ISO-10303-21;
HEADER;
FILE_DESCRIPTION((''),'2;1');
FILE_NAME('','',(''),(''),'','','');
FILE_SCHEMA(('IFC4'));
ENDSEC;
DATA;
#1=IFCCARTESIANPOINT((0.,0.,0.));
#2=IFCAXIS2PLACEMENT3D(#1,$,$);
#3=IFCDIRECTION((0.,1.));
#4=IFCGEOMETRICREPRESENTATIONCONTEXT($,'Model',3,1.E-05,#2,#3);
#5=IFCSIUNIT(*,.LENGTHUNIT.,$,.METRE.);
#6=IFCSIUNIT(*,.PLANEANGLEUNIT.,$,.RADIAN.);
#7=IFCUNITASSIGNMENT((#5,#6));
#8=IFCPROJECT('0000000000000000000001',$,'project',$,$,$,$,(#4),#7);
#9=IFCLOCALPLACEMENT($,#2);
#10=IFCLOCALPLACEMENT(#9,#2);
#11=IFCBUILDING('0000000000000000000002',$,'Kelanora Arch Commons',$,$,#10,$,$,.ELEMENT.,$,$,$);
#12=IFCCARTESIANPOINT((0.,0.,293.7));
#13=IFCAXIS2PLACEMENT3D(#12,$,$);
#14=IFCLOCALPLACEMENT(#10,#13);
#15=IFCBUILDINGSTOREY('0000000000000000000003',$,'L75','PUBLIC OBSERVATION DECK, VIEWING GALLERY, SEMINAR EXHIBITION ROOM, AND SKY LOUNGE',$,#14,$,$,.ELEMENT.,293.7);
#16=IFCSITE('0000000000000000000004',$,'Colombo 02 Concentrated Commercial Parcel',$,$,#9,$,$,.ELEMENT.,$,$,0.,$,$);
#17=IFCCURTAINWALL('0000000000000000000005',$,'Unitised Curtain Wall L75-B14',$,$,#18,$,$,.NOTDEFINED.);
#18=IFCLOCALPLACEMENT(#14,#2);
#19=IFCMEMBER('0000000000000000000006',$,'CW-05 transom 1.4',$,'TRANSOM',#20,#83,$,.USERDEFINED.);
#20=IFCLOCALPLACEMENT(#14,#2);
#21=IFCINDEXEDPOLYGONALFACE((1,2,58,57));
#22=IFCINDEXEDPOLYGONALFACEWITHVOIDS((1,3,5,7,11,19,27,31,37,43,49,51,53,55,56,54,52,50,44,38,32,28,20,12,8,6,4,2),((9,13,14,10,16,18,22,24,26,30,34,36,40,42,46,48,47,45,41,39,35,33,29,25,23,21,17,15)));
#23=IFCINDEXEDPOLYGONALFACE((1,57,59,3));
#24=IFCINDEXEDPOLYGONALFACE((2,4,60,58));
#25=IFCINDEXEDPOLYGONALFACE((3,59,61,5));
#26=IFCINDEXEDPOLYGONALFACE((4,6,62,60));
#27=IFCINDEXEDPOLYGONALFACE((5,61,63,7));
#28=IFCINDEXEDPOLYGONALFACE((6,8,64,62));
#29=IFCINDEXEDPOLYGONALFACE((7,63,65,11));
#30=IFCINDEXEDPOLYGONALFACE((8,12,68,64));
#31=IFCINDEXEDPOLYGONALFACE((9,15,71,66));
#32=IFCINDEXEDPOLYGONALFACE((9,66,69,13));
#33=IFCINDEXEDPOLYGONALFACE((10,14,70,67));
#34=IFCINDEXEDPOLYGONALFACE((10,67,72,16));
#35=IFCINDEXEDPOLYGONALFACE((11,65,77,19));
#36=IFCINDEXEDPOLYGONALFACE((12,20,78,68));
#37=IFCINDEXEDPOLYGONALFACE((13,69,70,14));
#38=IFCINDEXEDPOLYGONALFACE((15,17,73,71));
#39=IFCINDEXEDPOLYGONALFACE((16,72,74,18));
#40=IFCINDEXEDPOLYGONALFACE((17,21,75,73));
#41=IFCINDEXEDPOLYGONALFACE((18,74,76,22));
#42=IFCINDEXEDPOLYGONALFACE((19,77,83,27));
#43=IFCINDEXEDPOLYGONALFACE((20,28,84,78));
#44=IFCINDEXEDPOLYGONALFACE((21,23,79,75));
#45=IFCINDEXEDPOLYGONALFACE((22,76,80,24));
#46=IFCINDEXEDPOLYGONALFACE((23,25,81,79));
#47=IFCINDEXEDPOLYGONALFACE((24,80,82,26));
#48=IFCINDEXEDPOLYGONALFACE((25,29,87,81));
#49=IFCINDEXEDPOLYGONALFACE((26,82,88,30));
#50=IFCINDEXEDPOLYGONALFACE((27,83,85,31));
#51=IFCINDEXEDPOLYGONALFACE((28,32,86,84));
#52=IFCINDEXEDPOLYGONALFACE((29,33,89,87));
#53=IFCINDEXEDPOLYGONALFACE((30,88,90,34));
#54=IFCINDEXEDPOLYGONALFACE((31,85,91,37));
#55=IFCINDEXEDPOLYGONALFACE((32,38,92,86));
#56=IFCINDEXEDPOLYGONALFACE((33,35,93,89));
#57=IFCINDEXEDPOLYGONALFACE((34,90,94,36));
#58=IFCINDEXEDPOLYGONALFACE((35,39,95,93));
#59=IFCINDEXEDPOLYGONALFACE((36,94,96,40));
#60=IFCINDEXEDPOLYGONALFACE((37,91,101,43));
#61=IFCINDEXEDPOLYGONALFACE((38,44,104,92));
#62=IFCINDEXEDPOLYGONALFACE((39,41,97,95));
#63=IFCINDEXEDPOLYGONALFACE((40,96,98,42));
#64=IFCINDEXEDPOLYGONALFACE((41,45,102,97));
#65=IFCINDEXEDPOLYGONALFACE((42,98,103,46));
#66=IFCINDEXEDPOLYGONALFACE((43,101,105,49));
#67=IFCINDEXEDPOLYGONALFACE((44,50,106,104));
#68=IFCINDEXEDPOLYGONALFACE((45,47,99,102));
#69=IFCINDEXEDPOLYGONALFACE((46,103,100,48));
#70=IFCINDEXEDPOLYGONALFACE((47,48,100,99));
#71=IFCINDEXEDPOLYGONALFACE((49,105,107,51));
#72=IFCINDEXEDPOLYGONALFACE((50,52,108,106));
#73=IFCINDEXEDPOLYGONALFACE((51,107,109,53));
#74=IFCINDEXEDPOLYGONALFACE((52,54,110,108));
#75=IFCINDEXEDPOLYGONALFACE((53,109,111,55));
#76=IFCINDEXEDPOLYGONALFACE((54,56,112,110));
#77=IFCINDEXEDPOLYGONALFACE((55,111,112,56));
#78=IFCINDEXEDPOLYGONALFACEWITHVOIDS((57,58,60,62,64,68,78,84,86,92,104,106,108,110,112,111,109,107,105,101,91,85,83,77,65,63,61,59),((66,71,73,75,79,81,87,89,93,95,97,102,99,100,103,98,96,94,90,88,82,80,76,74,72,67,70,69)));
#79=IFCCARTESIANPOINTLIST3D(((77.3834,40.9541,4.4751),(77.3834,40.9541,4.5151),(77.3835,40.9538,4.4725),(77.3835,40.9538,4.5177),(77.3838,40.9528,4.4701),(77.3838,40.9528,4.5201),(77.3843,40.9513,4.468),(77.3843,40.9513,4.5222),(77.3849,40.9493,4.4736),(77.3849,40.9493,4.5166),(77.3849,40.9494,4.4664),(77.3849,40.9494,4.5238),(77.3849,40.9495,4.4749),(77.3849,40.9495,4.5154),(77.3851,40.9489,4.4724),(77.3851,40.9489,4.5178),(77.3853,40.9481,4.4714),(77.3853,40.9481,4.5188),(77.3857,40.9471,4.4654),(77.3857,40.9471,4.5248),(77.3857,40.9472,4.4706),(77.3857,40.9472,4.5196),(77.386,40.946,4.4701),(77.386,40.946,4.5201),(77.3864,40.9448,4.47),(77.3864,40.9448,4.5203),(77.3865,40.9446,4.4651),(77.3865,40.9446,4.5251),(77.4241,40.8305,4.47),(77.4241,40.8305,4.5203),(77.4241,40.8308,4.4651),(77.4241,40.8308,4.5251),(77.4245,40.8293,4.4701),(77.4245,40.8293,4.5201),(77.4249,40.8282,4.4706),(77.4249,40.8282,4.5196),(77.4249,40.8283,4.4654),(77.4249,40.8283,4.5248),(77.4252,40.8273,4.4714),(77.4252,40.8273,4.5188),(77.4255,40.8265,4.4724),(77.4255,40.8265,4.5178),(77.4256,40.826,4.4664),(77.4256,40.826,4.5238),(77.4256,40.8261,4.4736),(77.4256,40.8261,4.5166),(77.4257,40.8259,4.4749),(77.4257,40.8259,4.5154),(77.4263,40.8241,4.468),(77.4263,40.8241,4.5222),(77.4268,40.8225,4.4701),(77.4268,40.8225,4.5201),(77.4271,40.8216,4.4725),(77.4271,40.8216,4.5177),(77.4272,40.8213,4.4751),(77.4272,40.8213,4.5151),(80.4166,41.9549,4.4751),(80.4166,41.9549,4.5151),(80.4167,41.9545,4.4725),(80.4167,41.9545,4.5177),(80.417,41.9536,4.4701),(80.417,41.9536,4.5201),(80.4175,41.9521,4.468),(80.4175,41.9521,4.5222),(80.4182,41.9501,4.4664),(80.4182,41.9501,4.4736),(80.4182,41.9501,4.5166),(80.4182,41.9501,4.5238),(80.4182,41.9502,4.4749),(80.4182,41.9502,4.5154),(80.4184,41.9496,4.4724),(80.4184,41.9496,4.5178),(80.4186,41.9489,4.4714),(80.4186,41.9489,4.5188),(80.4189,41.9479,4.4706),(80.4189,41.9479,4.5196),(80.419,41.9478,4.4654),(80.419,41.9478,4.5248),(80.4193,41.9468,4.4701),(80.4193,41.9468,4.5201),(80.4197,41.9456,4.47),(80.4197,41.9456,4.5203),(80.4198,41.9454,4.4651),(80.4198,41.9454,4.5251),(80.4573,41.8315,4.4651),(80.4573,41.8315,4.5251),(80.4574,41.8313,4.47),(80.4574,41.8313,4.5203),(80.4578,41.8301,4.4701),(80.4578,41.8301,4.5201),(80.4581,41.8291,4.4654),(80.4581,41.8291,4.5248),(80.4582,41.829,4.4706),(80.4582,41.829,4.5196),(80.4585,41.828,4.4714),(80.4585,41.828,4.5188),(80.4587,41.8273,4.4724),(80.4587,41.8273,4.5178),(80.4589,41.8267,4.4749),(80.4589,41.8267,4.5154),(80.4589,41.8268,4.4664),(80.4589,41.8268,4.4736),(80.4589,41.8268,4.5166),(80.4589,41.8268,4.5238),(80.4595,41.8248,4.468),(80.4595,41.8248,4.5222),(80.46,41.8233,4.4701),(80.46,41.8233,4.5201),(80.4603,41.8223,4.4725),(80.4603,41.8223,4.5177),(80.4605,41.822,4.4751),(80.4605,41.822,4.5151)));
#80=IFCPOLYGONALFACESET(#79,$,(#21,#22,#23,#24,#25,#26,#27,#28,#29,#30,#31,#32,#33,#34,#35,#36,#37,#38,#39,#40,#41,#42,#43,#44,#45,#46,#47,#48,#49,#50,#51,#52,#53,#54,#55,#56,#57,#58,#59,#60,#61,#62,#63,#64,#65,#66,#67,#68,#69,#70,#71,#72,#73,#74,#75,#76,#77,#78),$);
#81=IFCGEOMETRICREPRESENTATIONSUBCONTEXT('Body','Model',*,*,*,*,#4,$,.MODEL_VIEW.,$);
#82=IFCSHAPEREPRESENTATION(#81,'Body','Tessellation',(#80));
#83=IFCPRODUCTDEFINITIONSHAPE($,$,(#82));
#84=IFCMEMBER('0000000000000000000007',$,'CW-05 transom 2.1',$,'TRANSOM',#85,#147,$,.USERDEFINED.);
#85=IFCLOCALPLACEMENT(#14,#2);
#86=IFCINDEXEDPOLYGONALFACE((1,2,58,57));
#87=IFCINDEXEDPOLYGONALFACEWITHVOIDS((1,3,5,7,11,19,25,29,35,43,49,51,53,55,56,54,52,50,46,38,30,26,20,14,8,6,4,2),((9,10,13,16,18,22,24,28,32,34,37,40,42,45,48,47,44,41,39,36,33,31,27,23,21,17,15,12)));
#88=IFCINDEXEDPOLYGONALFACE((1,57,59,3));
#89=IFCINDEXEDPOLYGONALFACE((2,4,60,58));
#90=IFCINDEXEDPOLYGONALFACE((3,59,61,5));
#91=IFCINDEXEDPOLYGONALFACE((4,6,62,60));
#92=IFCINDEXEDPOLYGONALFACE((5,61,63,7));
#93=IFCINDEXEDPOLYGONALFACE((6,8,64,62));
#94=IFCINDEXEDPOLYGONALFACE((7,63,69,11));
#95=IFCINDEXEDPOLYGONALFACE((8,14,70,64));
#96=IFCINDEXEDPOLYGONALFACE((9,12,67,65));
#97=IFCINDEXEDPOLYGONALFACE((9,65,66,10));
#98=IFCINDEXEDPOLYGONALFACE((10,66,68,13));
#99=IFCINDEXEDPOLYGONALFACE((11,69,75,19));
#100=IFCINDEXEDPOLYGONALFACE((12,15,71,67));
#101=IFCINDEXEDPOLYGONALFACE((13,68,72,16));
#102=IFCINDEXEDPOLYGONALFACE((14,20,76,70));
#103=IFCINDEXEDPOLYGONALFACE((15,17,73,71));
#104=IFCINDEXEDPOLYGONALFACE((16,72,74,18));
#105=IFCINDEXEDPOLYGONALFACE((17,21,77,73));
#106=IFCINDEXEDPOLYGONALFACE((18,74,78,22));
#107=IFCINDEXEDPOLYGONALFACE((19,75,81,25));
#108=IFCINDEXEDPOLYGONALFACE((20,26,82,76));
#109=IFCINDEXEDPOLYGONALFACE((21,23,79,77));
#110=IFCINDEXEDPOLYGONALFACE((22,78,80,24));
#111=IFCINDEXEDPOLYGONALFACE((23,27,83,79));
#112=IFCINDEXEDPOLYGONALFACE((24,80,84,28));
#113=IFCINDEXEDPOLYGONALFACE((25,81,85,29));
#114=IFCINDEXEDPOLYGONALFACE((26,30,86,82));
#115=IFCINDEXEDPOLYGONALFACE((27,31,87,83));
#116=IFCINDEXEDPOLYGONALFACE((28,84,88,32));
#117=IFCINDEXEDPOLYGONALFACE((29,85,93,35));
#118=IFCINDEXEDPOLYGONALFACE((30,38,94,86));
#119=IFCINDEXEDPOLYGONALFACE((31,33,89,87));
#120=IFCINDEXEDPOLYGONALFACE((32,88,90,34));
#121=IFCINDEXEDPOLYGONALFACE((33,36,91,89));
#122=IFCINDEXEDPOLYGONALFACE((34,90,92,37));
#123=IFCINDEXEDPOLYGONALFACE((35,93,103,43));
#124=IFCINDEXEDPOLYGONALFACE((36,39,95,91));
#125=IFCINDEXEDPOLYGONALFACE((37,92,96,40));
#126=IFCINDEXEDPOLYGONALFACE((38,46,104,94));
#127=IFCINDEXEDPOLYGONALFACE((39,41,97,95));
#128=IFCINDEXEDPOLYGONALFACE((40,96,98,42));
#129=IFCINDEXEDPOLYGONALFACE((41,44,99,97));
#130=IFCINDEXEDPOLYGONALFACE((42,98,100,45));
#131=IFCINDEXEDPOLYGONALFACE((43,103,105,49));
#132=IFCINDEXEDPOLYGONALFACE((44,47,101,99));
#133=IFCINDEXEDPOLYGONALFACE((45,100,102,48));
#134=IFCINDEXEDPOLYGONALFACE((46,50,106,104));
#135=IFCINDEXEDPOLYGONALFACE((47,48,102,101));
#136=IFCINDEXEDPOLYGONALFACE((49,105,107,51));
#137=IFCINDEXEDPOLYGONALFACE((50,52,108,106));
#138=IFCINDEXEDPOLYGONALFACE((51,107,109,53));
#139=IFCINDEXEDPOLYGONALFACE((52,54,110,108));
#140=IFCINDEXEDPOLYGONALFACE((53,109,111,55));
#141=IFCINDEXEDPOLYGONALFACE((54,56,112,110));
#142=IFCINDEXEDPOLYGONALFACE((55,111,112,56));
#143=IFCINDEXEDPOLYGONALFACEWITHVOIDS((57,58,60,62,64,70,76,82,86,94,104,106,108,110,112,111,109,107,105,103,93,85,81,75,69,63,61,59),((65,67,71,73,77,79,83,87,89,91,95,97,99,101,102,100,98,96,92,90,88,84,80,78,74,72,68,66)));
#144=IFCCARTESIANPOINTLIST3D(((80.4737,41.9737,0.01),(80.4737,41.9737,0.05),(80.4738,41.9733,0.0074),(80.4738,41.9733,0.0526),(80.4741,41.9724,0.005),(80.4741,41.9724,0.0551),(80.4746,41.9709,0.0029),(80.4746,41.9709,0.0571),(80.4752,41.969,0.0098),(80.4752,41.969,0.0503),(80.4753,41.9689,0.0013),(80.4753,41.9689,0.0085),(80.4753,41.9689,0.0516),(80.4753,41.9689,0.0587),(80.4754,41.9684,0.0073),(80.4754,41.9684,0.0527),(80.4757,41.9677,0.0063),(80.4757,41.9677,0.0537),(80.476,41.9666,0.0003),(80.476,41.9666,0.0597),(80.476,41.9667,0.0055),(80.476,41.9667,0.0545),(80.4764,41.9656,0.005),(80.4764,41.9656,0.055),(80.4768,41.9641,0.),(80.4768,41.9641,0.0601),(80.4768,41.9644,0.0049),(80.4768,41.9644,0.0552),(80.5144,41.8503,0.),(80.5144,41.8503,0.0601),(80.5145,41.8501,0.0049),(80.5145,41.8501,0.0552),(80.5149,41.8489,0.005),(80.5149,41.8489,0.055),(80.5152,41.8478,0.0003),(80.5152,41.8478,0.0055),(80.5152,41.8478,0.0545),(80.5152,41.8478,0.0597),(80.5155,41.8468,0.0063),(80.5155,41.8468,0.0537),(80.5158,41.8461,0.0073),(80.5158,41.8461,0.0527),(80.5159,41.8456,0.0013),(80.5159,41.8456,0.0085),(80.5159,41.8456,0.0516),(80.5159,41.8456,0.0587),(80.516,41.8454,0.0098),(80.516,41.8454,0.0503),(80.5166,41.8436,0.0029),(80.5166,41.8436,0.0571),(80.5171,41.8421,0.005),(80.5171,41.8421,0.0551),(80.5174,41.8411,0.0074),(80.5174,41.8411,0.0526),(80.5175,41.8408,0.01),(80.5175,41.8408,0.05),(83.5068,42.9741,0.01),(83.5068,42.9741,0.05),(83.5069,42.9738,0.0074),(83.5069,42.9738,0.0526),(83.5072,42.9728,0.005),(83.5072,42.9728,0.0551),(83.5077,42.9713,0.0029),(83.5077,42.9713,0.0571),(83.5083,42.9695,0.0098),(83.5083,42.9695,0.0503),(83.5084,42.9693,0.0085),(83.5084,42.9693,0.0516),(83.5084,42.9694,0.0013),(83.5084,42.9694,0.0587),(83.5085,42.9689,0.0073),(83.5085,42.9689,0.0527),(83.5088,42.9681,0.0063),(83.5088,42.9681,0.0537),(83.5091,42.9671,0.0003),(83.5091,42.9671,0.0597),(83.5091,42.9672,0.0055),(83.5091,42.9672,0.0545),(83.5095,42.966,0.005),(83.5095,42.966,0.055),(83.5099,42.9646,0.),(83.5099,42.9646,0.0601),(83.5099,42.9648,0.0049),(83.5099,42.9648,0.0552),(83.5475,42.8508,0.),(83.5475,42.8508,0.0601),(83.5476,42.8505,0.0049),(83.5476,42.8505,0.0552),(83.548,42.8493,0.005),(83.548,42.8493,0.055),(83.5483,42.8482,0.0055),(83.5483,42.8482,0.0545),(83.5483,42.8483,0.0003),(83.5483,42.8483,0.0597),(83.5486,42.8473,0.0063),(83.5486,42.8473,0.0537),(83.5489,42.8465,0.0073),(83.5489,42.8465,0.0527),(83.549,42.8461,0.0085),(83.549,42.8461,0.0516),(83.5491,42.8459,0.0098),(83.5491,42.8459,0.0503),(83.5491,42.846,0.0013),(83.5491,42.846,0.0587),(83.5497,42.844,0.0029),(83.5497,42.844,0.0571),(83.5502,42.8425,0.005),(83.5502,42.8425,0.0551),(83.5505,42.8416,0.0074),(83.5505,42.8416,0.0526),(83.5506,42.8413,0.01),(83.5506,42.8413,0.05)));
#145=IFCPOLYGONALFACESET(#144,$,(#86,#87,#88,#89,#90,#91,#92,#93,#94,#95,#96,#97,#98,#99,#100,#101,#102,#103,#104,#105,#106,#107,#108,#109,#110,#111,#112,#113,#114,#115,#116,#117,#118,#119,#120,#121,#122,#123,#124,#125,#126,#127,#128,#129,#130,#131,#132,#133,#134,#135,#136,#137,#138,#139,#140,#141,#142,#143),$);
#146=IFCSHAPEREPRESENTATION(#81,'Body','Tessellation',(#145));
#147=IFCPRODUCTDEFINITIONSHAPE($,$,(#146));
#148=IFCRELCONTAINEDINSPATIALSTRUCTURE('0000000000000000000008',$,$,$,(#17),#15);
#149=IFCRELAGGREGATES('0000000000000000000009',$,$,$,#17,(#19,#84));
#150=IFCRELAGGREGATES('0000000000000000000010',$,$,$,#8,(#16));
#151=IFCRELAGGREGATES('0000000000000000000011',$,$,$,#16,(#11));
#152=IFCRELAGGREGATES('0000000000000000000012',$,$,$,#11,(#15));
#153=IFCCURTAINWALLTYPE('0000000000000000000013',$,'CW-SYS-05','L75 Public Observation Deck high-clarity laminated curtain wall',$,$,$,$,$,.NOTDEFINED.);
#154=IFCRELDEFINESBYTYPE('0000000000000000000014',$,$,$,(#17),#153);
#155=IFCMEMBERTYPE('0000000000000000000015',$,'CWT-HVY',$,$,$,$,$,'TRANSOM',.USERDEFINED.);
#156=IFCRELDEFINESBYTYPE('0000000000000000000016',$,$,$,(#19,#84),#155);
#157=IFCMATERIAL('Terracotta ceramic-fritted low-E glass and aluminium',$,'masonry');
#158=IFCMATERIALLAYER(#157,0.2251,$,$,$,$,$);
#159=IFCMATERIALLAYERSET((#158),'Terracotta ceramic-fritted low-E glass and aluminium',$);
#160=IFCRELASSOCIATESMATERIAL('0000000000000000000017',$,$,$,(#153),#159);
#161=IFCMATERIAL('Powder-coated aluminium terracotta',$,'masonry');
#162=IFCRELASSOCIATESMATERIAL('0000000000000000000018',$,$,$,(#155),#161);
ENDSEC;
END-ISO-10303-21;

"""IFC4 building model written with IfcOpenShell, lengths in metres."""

from ifc_helpers import new_model, si_unit, direction, frame, origin, origin_2d, place, context, subcontext, project, spatial, hollow_rectangle, extrude, material, layer, layer_set, material_profile, profile_set, type_object, element, aggregate, save


model = new_model("IFC4")

# Units and contexts
model_context = context("Model", 3, precision=1e-05, world=origin(), true_north=direction((0.0, 1.0)))
body_context = subcontext(model_context, "Body", "Model", "MODEL_VIEW")
ifc_project = project(units=[si_unit("LENGTHUNIT", "METRE"), si_unit("PLANEANGLEUNIT", "RADIAN")], contexts=[model_context])

# Site, building, storey
site_placement = place(None, origin())
site = spatial("IfcSite", under=ifc_project, at=site_placement, Name="Colombo 02 Concentrated Commercial Parcel", CompositionType="ELEMENT", RefElevation=0.0)
building_placement = place(site_placement, origin())
building = spatial("IfcBuilding", under=site, at=building_placement, Name="Kelanora Arch Commons", CompositionType="ELEMENT")
storey_placement = place(building_placement, frame((0.0, 0.0, 293.7)))
storey = spatial("IfcBuildingStorey", under=building, at=storey_placement, Name="L75", Description="PUBLIC OBSERVATION DECK, VIEWING GALLERY, SEMINAR EXHIBITION ROOM, AND SKY LOUNGE", CompositionType="ELEMENT", Elevation=293.7)

# Curtain wall
ifc_material_1 = material(Name="Terracotta ceramic-fritted low-E glass and aluminium", Category="masonry")
ifc_layer_1 = layer(ifc_material_1, 0.2251)
ifc_layer_set_1 = layer_set([ifc_layer_1], Name="Terracotta ceramic-fritted low-E glass and aluminium")
curtain_wall_type = type_object("IfcCurtainWallType", Name="CW-SYS-05", Description="L75 Public Observation Deck high-clarity laminated curtain wall", PredefinedType="NOTDEFINED", material=ifc_layer_set_1)
ifc_material_2 = material(Name="Powder-coated aluminium terracotta", Category="masonry")
curtain_wall_1_placement = place(storey_placement, origin())
curtain_wall_1 = element("IfcCurtainWall", 1, at=curtain_wall_1_placement, inside=storey, type_object=curtain_wall_type, Name="Unitised Curtain Wall L75-B14", PredefinedType="NOTDEFINED")

# Members
ifc_material_profile_1 = material_profile(ifc_material_2, hollow_rectangle(XDim=0.1399, YDim=0.0601, WallThickness=0.0049, InnerFilletRadius=0.0049, OuterFilletRadius=0.01, at=origin_2d()), Name="CWT140x60")
ifc_profile_set_1 = profile_set([ifc_material_profile_1], Name="Powder-coated aluminium terracotta")
member_type_1 = type_object("IfcMemberType", Name="CWT-HVY", ElementType="TRANSOM", PredefinedType="USERDEFINED", material=ifc_profile_set_1)
member_1_placement = place(storey_placement, frame((77.4053, 40.8877, 4.4951), z_axis=(0.94965, 0.313314, 0.0), x_axis=(-0.313314, 0.94965, 0.0)))
member_1 = element("IfcMember", 2, at=member_1_placement, type_object=member_type_1, Name="CW-05 transom 1.4", ObjectType="TRANSOM", PredefinedType="USERDEFINED", context=body_context, shape_type="SweptSolid", body=[
    extrude(hollow_rectangle(XDim=0.1399, YDim=0.0601, WallThickness=0.0049, InnerFilletRadius=0.0049, OuterFilletRadius=0.01, at=origin_2d()), origin(), (0.0, 0.0, 1.0), 3.1941),
])
member_2_placement = place(storey_placement, frame((80.4956, 41.9072, 0.03), z_axis=(0.949672, 0.313245, 0.0), x_axis=(-0.313245, 0.949672, 0.0)))
member_2 = element("IfcMember", 3, at=member_2_placement, type_object=member_type_1, Name="CW-05 transom 2.1", ObjectType="TRANSOM", PredefinedType="USERDEFINED", context=body_context, shape_type="SweptSolid", body=[
    extrude(hollow_rectangle(XDim=0.1399, YDim=0.0601, WallThickness=0.0049, InnerFilletRadius=0.0049, OuterFilletRadius=0.01, at=origin_2d()), origin(), (0.0, 0.0, 1.0), 3.1938),
])

aggregate(curtain_wall_1, [member_1, member_2])

save(model, "model.ifc")
